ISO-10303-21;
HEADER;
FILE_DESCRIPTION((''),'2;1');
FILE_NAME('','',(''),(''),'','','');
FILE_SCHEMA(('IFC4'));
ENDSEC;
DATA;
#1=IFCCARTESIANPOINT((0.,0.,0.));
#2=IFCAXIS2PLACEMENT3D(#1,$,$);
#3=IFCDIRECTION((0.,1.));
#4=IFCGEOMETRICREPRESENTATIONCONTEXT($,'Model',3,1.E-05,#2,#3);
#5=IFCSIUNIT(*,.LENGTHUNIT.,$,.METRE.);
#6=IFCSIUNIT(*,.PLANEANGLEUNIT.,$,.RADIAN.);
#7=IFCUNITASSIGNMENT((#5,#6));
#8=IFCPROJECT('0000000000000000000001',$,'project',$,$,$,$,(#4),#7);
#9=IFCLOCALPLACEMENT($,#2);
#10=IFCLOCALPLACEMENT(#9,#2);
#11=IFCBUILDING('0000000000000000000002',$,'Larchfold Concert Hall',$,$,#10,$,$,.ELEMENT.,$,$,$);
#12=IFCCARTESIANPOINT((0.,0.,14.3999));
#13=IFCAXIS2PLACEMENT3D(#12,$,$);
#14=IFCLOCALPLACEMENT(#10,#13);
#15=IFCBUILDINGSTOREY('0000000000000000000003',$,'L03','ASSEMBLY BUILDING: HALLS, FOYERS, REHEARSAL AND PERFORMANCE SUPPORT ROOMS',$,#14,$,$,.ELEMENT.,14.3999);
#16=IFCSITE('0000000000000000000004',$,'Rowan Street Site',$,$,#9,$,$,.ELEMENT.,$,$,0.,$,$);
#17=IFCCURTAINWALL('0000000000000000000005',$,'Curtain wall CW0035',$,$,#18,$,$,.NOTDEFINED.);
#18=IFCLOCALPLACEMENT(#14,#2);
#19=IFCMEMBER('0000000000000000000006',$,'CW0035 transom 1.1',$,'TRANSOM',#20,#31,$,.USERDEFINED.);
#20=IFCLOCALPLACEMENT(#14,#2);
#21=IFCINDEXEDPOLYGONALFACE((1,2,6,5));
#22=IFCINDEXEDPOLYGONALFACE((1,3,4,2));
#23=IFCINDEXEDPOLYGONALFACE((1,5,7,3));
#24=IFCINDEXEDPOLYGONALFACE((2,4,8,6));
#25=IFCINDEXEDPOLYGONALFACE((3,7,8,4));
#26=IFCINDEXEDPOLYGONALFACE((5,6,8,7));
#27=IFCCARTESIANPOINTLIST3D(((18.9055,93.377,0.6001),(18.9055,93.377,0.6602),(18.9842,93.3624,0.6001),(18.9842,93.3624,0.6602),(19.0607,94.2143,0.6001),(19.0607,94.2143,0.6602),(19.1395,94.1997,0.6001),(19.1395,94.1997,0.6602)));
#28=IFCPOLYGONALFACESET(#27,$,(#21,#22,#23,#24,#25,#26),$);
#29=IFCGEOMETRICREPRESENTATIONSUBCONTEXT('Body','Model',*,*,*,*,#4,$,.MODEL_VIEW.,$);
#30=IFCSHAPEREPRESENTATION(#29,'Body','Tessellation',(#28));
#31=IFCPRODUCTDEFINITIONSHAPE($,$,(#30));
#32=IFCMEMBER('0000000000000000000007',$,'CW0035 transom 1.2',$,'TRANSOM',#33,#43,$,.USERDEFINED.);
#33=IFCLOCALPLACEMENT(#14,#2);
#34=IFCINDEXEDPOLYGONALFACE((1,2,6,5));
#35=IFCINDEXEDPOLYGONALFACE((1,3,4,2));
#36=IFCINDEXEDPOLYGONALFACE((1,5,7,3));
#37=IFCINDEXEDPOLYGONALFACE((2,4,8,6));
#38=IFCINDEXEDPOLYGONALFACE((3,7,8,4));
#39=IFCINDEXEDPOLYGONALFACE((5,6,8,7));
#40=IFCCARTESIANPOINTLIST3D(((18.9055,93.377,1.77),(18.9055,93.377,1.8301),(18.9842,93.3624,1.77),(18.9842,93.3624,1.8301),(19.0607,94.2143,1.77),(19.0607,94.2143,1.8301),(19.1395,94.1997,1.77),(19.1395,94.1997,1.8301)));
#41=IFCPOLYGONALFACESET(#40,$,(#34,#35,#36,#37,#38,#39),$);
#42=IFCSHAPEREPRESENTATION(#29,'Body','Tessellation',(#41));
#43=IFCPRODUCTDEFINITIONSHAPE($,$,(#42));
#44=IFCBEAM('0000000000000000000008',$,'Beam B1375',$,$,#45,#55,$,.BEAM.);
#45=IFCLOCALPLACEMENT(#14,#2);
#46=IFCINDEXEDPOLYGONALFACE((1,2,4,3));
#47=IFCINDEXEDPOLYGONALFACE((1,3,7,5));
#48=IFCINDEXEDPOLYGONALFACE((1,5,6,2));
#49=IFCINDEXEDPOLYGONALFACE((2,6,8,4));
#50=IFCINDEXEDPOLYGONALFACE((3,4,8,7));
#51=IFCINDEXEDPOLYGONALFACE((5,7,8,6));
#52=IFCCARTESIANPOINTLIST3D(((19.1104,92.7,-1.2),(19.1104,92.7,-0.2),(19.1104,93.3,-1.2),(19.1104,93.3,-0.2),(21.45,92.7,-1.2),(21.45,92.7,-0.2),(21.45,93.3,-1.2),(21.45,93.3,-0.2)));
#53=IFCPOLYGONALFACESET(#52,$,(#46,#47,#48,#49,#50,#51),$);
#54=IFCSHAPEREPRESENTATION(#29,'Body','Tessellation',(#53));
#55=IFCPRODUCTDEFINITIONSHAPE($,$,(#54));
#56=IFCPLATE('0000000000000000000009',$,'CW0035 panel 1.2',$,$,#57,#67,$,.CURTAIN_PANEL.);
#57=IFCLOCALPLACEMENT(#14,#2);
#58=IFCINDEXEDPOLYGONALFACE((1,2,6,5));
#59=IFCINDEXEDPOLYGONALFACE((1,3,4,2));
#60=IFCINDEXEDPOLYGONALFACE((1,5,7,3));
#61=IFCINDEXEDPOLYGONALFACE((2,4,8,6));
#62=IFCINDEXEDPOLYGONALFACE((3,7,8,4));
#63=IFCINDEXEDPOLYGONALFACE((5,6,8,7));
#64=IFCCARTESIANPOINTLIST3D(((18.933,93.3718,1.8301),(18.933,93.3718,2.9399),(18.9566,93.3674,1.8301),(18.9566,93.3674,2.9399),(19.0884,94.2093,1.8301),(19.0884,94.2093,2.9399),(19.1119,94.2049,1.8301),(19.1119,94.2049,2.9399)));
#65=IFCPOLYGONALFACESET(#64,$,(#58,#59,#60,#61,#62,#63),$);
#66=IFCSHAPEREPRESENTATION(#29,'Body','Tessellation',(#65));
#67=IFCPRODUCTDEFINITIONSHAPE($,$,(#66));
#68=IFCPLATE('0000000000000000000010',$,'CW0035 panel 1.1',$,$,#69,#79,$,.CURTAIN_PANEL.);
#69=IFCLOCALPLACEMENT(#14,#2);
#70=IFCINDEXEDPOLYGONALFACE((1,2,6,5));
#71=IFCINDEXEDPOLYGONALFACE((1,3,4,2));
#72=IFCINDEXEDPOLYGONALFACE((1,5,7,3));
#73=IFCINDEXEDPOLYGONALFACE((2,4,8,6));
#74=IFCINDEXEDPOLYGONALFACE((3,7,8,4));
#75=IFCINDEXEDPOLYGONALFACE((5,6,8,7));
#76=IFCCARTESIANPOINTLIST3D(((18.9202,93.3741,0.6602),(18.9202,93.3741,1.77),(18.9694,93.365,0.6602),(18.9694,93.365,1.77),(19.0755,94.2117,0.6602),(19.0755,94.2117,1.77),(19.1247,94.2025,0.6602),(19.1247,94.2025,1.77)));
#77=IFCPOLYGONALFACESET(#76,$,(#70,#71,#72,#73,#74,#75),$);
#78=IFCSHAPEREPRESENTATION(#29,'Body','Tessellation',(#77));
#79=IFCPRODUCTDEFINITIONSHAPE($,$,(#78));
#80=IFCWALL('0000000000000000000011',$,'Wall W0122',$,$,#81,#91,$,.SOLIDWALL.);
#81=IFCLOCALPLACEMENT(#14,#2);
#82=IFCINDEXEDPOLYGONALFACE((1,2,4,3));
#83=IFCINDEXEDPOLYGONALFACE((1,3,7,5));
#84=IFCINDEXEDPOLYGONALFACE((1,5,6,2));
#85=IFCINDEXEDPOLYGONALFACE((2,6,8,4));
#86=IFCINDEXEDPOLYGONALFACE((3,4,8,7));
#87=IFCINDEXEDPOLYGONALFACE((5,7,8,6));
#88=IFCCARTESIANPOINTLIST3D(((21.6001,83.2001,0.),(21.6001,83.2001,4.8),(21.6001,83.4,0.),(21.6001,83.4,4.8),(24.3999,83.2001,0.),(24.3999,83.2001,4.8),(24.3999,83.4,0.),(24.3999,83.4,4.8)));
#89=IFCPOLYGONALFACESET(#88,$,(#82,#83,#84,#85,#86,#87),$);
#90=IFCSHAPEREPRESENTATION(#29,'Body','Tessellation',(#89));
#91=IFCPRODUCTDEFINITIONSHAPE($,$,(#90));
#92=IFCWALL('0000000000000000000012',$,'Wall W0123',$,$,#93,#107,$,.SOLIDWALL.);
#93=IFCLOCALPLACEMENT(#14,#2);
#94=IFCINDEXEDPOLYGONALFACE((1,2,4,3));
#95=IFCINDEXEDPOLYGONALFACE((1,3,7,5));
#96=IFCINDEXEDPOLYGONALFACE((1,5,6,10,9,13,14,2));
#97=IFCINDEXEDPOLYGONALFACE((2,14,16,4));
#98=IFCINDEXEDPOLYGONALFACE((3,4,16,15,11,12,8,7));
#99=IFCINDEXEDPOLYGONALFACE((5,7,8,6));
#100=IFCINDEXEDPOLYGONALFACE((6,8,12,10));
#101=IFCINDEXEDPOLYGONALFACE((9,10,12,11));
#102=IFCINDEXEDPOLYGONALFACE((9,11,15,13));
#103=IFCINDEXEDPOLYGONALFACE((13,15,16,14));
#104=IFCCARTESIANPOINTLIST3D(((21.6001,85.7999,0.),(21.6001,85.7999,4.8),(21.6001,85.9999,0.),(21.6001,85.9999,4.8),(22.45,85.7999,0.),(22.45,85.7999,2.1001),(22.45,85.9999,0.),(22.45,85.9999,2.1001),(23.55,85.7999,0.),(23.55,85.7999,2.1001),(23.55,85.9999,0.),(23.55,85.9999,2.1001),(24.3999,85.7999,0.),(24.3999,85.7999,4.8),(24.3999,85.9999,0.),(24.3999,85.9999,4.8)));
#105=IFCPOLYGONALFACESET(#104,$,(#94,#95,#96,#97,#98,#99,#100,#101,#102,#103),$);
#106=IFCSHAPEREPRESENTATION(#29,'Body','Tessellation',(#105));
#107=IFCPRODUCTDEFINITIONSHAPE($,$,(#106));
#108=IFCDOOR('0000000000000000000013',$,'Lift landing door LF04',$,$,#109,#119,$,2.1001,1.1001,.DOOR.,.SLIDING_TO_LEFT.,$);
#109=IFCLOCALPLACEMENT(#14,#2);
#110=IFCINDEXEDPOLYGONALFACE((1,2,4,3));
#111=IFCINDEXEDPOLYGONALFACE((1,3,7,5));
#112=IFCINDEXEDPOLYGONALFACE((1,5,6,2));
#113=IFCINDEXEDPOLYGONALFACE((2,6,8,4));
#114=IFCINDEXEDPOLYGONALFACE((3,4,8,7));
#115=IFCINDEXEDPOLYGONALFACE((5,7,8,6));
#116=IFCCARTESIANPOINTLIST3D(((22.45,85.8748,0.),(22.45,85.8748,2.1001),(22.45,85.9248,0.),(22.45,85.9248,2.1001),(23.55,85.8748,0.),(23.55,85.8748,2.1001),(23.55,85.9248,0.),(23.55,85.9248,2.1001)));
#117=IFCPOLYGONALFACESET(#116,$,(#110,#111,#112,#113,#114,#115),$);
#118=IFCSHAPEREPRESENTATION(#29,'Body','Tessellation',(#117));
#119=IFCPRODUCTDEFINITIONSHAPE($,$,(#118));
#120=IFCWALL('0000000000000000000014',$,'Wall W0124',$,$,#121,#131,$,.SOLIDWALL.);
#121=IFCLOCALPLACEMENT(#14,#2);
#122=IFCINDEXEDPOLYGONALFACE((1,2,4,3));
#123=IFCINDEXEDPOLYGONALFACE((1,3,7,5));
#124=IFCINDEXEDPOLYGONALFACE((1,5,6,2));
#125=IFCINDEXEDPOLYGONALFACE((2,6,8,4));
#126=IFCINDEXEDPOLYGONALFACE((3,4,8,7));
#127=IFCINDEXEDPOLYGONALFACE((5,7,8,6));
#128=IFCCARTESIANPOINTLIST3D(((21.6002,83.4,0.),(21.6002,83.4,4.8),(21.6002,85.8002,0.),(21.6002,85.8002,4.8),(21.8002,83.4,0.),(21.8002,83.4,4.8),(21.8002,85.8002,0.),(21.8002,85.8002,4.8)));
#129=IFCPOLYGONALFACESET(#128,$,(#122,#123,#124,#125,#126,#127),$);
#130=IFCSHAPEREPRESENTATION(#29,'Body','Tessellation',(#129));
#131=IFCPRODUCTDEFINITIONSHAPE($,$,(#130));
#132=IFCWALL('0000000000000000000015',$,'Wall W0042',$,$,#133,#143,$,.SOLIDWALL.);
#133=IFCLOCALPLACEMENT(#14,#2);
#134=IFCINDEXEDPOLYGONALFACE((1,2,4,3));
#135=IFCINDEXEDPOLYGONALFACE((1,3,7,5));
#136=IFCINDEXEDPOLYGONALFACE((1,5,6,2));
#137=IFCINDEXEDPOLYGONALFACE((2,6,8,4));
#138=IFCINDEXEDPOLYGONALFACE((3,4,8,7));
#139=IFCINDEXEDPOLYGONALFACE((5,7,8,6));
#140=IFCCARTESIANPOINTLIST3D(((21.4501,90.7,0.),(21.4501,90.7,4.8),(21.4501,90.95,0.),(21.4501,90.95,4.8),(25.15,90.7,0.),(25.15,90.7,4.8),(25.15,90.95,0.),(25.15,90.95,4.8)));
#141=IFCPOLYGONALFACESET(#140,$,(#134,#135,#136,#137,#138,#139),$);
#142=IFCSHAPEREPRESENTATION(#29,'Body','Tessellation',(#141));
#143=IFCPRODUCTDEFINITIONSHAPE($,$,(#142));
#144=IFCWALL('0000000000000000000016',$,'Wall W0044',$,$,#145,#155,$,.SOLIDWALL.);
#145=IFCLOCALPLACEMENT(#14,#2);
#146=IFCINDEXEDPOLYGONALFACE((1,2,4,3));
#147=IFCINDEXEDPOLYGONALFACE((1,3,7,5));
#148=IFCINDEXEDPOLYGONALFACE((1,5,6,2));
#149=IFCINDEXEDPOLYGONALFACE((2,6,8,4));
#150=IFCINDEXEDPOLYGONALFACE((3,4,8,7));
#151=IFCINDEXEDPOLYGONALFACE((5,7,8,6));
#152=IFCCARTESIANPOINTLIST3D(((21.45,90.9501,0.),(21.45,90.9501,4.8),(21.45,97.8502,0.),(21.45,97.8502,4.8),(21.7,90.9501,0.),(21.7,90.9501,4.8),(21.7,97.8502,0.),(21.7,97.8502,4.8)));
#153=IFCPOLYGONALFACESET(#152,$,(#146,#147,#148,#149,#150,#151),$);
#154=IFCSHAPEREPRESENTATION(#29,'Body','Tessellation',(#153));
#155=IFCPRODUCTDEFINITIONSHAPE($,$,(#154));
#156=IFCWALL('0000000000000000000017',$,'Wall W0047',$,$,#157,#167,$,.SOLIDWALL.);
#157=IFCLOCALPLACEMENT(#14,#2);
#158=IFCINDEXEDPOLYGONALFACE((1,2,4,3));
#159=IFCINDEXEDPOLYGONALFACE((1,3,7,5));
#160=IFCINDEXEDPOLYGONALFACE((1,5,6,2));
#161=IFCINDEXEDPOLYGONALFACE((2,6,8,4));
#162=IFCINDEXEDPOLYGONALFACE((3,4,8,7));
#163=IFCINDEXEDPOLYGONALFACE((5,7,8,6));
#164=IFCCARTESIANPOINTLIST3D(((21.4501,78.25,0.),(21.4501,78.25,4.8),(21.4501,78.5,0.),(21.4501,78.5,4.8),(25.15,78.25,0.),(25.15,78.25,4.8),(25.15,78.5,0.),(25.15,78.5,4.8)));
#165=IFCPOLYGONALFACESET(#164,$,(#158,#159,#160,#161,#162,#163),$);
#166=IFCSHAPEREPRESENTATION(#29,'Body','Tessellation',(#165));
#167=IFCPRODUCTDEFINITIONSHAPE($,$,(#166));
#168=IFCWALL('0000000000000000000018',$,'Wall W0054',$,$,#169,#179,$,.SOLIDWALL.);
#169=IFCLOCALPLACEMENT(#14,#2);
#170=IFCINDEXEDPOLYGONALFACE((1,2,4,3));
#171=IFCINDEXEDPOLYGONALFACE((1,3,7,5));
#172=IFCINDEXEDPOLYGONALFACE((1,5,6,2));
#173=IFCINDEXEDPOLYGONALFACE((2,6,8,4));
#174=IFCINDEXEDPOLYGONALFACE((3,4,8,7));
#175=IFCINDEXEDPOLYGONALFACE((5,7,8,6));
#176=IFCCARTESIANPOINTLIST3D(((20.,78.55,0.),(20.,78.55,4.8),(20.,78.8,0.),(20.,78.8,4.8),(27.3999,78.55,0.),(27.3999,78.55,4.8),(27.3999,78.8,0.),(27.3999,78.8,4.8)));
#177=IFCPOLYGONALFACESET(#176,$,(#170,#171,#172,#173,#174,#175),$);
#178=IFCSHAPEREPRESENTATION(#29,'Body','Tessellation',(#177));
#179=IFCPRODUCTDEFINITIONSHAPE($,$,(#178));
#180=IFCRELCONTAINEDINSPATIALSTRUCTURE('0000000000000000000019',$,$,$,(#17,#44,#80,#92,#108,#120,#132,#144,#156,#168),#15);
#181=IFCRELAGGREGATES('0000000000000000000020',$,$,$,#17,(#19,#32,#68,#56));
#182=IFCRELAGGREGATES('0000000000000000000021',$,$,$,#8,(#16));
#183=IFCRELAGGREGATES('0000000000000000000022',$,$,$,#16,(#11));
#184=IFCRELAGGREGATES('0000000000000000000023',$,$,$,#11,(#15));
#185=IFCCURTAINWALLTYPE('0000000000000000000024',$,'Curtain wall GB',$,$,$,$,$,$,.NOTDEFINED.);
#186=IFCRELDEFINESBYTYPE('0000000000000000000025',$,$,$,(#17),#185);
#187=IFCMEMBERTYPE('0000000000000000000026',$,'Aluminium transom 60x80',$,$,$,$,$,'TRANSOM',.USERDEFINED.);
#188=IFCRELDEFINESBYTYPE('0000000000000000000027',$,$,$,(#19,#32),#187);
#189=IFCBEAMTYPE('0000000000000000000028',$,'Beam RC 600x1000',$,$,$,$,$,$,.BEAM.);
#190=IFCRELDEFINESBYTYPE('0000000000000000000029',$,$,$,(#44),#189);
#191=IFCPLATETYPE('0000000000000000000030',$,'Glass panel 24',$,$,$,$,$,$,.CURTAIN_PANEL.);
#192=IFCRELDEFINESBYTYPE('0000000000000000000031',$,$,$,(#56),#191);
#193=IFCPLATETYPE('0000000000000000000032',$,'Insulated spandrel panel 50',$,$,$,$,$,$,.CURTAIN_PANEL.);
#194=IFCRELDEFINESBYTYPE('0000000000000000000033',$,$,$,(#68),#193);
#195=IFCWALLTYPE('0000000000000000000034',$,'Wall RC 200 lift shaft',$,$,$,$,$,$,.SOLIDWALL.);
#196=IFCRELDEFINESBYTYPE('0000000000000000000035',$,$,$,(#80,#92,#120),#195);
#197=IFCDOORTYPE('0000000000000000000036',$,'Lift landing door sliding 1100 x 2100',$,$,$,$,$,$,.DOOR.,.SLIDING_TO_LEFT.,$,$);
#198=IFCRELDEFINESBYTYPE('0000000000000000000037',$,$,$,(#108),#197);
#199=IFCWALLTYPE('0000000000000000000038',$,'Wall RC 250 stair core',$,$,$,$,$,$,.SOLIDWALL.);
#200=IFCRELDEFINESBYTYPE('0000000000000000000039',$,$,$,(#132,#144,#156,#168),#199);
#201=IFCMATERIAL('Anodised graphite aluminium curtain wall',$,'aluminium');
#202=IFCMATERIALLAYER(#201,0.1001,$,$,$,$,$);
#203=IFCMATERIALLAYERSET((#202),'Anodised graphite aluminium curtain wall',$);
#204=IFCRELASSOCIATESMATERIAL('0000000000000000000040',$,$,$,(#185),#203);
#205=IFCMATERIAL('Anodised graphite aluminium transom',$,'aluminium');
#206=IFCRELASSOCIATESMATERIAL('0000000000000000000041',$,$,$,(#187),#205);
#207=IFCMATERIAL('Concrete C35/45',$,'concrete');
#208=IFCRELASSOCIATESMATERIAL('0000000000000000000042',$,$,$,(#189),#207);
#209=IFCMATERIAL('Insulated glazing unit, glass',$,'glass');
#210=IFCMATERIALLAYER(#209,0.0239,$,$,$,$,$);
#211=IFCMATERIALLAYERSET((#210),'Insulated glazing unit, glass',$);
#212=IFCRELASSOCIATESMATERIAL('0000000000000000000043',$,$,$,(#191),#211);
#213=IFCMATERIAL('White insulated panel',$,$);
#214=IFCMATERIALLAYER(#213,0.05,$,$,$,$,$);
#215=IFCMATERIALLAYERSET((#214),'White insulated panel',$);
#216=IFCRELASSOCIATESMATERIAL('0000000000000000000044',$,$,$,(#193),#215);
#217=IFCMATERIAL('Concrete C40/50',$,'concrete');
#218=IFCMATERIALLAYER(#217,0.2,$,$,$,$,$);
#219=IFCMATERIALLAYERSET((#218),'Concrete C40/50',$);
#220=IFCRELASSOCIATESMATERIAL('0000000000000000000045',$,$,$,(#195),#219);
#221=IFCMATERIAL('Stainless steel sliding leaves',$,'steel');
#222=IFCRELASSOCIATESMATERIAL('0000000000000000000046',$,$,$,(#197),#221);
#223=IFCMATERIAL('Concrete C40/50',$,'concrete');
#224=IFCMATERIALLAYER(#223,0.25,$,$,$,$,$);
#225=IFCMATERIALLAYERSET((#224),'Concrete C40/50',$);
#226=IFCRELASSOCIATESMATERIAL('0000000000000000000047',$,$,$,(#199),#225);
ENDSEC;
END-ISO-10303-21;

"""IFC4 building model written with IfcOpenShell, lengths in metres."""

from ifc_helpers import new_model, si_unit, direction, frame, frame_2d, origin, origin_2d, place, context, subcontext, project, spatial, rectangle, extrude, material, layer, layer_set, material_profile, profile_set, type_object, element, fill, aggregate, save


model = new_model("IFC4")

# Units and contexts
model_context = context("Model", 3, precision=1e-05, world=origin(), true_north=direction((0.0, 1.0)))
body_context = subcontext(model_context, "Body", "Model", "MODEL_VIEW")
ifc_project = project(units=[si_unit("LENGTHUNIT", "METRE"), si_unit("PLANEANGLEUNIT", "RADIAN")], contexts=[model_context])

# Site, building, storey
site_placement = place(None, origin())
site = spatial("IfcSite", under=ifc_project, at=site_placement, Name="Rowan Street Site", CompositionType="ELEMENT", RefElevation=0.0)
building_placement = place(site_placement, origin())
building = spatial("IfcBuilding", under=site, at=building_placement, Name="Larchfold Concert Hall", CompositionType="ELEMENT")
storey_placement = place(building_placement, frame((0.0, 0.0, 14.3999)))
storey = spatial("IfcBuildingStorey", under=building, at=storey_placement, Name="L03", Description="ASSEMBLY BUILDING: HALLS, FOYERS, REHEARSAL AND PERFORMANCE SUPPORT ROOMS", CompositionType="ELEMENT", Elevation=14.3999)

# Curtain wall, members
ifc_material_1 = material(Name="Anodised graphite aluminium curtain wall", Category="aluminium")
ifc_layer_1 = layer(ifc_material_1, 0.1001)
ifc_layer_set_1 = layer_set([ifc_layer_1], Name="Anodised graphite aluminium curtain wall")
curtain_wall_type = type_object("IfcCurtainWallType", Name="Curtain wall GB", PredefinedType="NOTDEFINED", material=ifc_layer_set_1)
curtain_wall_placement = place(storey_placement, origin())
curtain_wall = element("IfcCurtainWall", 1, at=curtain_wall_placement, inside=storey, type_object=curtain_wall_type, Name="Curtain wall CW0035", PredefinedType="NOTDEFINED")
ifc_material_2 = material(Name="Anodised graphite aluminium transom", Category="aluminium")
ifc_material_profile_1 = material_profile(ifc_material_2, rectangle(XDim=0.0801, YDim=0.0601, at=origin_2d()))
ifc_profile_set_1 = profile_set([ifc_material_profile_1], Name="Anodised graphite aluminium transom")
member_type = type_object("IfcMemberType", Name="Aluminium transom 60x80", ElementType="TRANSOM", PredefinedType="USERDEFINED", material=ifc_profile_set_1)
member_1_placement = place(storey_placement, frame((19.1001, 94.207, 0.6301), z_axis=(-0.182315, -0.98324, 0.0), x_axis=(0.98324, -0.182315, 0.0)))
member_1 = element("IfcMember", 2, at=member_1_placement, type_object=member_type, Name="CW0035 transom 1.1", ObjectType="TRANSOM", PredefinedType="USERDEFINED", context=body_context, shape_type="SweptSolid", body=[
    extrude(rectangle(XDim=0.0801, YDim=0.0601, at=origin_2d()), origin(), (0.0, 0.0, 1.0), 0.8516),
])
member_2_placement = place(storey_placement, frame((19.1001, 94.207, 1.8), z_axis=(-0.182315, -0.98324, 0.0), x_axis=(0.98324, -0.182315, 0.0)))
member_2 = element("IfcMember", 3, at=member_2_placement, type_object=member_type, Name="CW0035 transom 1.2", ObjectType="TRANSOM", PredefinedType="USERDEFINED", context=body_context, shape_type="SweptSolid", body=[
    extrude(rectangle(XDim=0.0801, YDim=0.0601, at=origin_2d()), origin(), (0.0, 0.0, 1.0), 0.8516),
])

# Beam
ifc_material_3 = material(Name="Concrete C35/45", Category="concrete")
ifc_material_profile_2 = material_profile(ifc_material_3, rectangle(XDim=0.6001, YDim=1.0, at=origin_2d()))
ifc_profile_set_2 = profile_set([ifc_material_profile_2], Name="Concrete C35/45")
beam_type = type_object("IfcBeamType", Name="Beam RC 600x1000", PredefinedType="BEAM", material=ifc_profile_set_2)
beam_placement = place(storey_placement, frame((19.1104, 93.0, -0.7), z_axis=(1.0, 0.0, 0.0), x_axis=(0.0, 1.0, 0.0)))
element("IfcBeam", 4, at=beam_placement, inside=storey, type_object=beam_type, Name="Beam B1375", PredefinedType="BEAM", context=body_context, shape_type="SweptSolid", body=[
    extrude(rectangle(XDim=0.6001, YDim=1.0, at=origin_2d()), origin(), (0.0, 0.0, 1.0), 2.3396),
])

# Plates
ifc_material_4 = material(Name="Insulated glazing unit, glass", Category="glass")
ifc_layer_2 = layer(ifc_material_4, 0.0239)
ifc_layer_set_2 = layer_set([ifc_layer_2], Name="Insulated glazing unit, glass")
plate_type_1 = type_object("IfcPlateType", Name="Glass panel 24", PredefinedType="CURTAIN_PANEL", material=ifc_layer_set_2)
plate_1_placement = place(storey_placement, frame((19.0225, 93.7883, 1.8301), z_axis=(0.0, 0.0, 1.0), x_axis=(-0.182363, -0.983231, 0.0)))
plate_1 = element("IfcPlate", 5, at=plate_1_placement, type_object=plate_type_1, Name="CW0035 panel 1.2", PredefinedType="CURTAIN_PANEL", context=body_context, shape_type="SweptSolid", body=[
    extrude(rectangle(XDim=0.8518, YDim=0.0239, at=origin_2d()), origin(), (0.0, 0.0, 1.0), 1.1099),
])
ifc_material_5 = material(Name="White insulated panel")
ifc_layer_3 = layer(ifc_material_5, 0.05)
ifc_layer_set_3 = layer_set([ifc_layer_3], Name="White insulated panel")
plate_type_2 = type_object("IfcPlateType", Name="Insulated spandrel panel 50", PredefinedType="CURTAIN_PANEL", material=ifc_layer_set_3)
plate_2_placement = place(storey_placement, frame((19.0225, 93.7883, 0.6602), z_axis=(0.0, 0.0, 1.0), x_axis=(-0.182363, -0.983231, 0.0)))
plate_2 = element("IfcPlate", 6, at=plate_2_placement, type_object=plate_type_2, Name="CW0035 panel 1.1", PredefinedType="CURTAIN_PANEL", context=body_context, shape_type="SweptSolid", body=[
    extrude(rectangle(XDim=0.8518, YDim=0.05, at=origin_2d()), origin(), (0.0, 0.0, 1.0), 1.1099),
])
aggregate(curtain_wall, [member_1, member_2, plate_2, plate_1])

# Wall
ifc_material_6 = material(Name="Concrete C40/50", Category="concrete")
ifc_layer_4 = layer(ifc_material_6, 0.2)
ifc_layer_set_4 = layer_set([ifc_layer_4], Name="Concrete C40/50")
wall_type_1 = type_object("IfcWallType", Name="Wall RC 200 lift shaft", PredefinedType="SOLIDWALL", material=ifc_layer_set_4)
wall_1_placement = place(storey_placement, frame((21.6001, 83.3, 0.0), z_axis=(0.0, 0.0, 1.0), x_axis=(1.0, 0.0, 0.0)))
element("IfcWall", 7, at=wall_1_placement, inside=storey, type_object=wall_type_1, Name="Wall W0122", PredefinedType="SOLIDWALL", context=body_context, shape_type="SweptSolid", body=[
    extrude(rectangle(XDim=2.7998, YDim=0.2, at=frame_2d((1.3999, 0.0))), origin(), (0.0, 0.0, 1.0), 4.8),
])

# Wall, opening, door
wall_2_placement = place(storey_placement, frame((21.6001, 85.8999, 0.0), z_axis=(0.0, 0.0, 1.0), x_axis=(1.0, 0.0, 0.0)))
wall_2 = element("IfcWall", 8, at=wall_2_placement, inside=storey, type_object=wall_type_1, Name="Wall W0123", PredefinedType="SOLIDWALL", context=body_context, shape_type="SweptSolid", body=[
    extrude(rectangle(XDim=2.7998, YDim=0.2, at=frame_2d((1.3999, 0.0))), origin(), (0.0, 0.0, 1.0), 4.8),
])
opening_1_placement = place(wall_2_placement, frame((0.8499, 0.0, 0.0)))
opening_1 = element("IfcOpeningElement", 9, at=opening_1_placement, cuts=wall_2, PredefinedType="OPENING", context=body_context, shape_type="SweptSolid", body=[
    extrude(rectangle(XDim=1.1001, YDim=2.1001, at=frame_2d((0.55, 1.05))), frame((0.0, 0.1099, 0.0), z_axis=(0.0, -1.0, 0.0), x_axis=(1.0, 0.0, 0.0)), (0.0, 0.0, 1.0), 0.22),
])
ifc_material_7 = material(Name="Stainless steel sliding leaves", Category="steel")
door_type_1 = type_object("IfcDoorType", Name="Lift landing door sliding 1100 x 2100", OperationType="SLIDING_TO_LEFT", PredefinedType="DOOR", material=ifc_material_7)
door_1_placement = place(opening_1_placement, origin())
door_1 = element("IfcDoor", 10, at=door_1_placement, inside=storey, type_object=door_type_1, Name="Lift landing door LF04", OperationType="SLIDING_TO_LEFT", OverallHeight=2.1001, OverallWidth=1.1001, PredefinedType="DOOR", context=body_context, shape_type="SweptSolid", body=[
    extrude(rectangle(XDim=1.1001, YDim=2.1001, at=frame_2d((0.55, 1.05))), frame((0.0, 0.0249, 0.0), z_axis=(0.0, -1.0, 0.0), x_axis=(1.0, 0.0, 0.0)), (0.0, 0.0, 1.0), 0.05),
])
fill(opening_1, door_1)

# Walls
wall_3_placement = place(storey_placement, frame((21.7002, 83.3999, 0.0), z_axis=(0.0, 0.0, 1.0), x_axis=(0.0, 1.0, 0.0)))
element("IfcWall", 11, at=wall_3_placement, inside=storey, type_object=wall_type_1, Name="Wall W0124", PredefinedType="SOLIDWALL", context=body_context, shape_type="SweptSolid", body=[
    extrude(rectangle(XDim=2.4001, YDim=0.2, at=frame_2d((1.2002, 0.0))), origin(), (0.0, 0.0, 1.0), 4.8),
])
ifc_material_8 = material(Name="Concrete C40/50", Category="concrete")
ifc_layer_5 = layer(ifc_material_8, 0.25)
ifc_layer_set_5 = layer_set([ifc_layer_5], Name="Concrete C40/50")
wall_type_2 = type_object("IfcWallType", Name="Wall RC 250 stair core", PredefinedType="SOLIDWALL", material=ifc_layer_set_5)
wall_4_placement = place(storey_placement, frame((21.45, 90.825, 0.0), z_axis=(0.0, 0.0, 1.0), x_axis=(1.0, 0.0, 0.0)))
element("IfcWall", 12, at=wall_4_placement, inside=storey, type_object=wall_type_2, Name="Wall W0042", PredefinedType="SOLIDWALL", context=body_context, shape_type="SweptSolid", body=[
    extrude(rectangle(XDim=3.7, YDim=0.25, at=frame_2d((1.8501, 0.0))), origin(), (0.0, 0.0, 1.0), 4.8),
])
wall_5_placement = place(storey_placement, frame((21.575, 90.95, 0.0), z_axis=(0.0, 0.0, 1.0), x_axis=(0.0, 1.0, 0.0)))
element("IfcWall", 13, at=wall_5_placement, inside=storey, type_object=wall_type_2, Name="Wall W0044", PredefinedType="SOLIDWALL", context=body_context, shape_type="SweptSolid", body=[
    extrude(rectangle(XDim=6.9001, YDim=0.25, at=frame_2d((3.4502, 0.0))), origin(), (0.0, 0.0, 1.0), 4.8),
])
wall_6_placement = place(storey_placement, frame((21.45, 78.375, 0.0), z_axis=(0.0, 0.0, 1.0), x_axis=(1.0, 0.0, 0.0)))
element("IfcWall", 14, at=wall_6_placement, inside=storey, type_object=wall_type_2, Name="Wall W0047", PredefinedType="SOLIDWALL", context=body_context, shape_type="SweptSolid", body=[
    extrude(rectangle(XDim=3.7, YDim=0.25, at=frame_2d((1.8501, 0.0))), origin(), (0.0, 0.0, 1.0), 4.8),
])
wall_7_placement = place(storey_placement, frame((20.0, 78.675, 0.0), z_axis=(0.0, 0.0, 1.0), x_axis=(1.0, 0.0, 0.0)))
element("IfcWall", 15, at=wall_7_placement, inside=storey, type_object=wall_type_2, Name="Wall W0054", PredefinedType="SOLIDWALL", context=body_context, shape_type="SweptSolid", body=[
    extrude(rectangle(XDim=7.3999, YDim=0.25, at=frame_2d((3.7, 0.0))), origin(), (0.0, 0.0, 1.0), 4.8),
])

save(model, "model.ifc")
